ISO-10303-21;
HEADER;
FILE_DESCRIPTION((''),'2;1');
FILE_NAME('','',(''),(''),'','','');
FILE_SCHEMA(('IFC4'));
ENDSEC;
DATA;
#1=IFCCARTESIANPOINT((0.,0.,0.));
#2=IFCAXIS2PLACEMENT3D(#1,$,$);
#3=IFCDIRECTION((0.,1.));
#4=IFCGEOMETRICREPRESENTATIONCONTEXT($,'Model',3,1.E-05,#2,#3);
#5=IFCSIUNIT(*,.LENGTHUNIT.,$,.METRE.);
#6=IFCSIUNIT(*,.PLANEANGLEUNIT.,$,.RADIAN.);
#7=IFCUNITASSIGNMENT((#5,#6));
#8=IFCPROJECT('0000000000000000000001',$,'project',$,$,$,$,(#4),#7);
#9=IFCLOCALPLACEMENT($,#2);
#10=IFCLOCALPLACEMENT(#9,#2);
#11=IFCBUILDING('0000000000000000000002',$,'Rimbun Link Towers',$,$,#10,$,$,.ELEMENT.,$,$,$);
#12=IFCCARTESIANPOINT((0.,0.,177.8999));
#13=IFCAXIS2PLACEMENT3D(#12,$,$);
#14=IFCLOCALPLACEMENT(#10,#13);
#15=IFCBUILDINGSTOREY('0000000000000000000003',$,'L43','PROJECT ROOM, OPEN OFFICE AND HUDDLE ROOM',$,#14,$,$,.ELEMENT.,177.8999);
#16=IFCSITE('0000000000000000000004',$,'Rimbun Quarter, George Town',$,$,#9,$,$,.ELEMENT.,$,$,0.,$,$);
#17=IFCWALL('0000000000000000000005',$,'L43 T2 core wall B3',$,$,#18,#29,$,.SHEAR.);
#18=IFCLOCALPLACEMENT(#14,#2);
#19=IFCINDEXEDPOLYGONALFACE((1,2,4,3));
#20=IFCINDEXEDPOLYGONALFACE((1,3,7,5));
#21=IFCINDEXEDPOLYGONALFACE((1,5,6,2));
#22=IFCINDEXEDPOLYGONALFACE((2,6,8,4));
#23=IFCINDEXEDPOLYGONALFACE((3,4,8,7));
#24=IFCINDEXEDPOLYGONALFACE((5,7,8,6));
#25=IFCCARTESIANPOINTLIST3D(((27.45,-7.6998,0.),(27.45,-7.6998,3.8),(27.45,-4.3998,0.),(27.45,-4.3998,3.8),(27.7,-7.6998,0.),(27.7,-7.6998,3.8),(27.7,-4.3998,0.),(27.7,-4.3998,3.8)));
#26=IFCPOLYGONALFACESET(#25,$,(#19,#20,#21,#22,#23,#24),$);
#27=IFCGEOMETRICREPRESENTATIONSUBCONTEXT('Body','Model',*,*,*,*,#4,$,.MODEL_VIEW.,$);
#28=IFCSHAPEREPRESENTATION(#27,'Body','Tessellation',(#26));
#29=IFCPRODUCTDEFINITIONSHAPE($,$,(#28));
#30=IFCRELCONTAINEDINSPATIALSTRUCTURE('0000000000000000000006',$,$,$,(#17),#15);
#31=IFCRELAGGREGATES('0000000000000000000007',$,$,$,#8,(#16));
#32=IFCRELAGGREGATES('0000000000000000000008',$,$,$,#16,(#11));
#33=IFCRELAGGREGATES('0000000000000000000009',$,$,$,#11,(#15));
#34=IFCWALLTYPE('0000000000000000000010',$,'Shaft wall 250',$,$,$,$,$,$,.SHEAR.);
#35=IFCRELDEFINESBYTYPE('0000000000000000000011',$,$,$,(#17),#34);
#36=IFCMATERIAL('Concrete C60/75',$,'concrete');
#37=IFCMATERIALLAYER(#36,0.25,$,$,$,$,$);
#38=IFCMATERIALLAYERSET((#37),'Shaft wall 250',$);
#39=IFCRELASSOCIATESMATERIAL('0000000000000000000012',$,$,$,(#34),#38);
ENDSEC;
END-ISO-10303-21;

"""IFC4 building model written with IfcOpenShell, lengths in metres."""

from ifc_helpers import new_model, si_unit, direction, frame, frame_2d, origin, place, context, subcontext, project, spatial, rectangle, extrude, material, layer, layer_set, type_object, element, save


model = new_model("IFC4")

# Units and contexts
model_context = context("Model", 3, precision=1e-05, world=origin(), true_north=direction((0.0, 1.0)))
body_context = subcontext(model_context, "Body", "Model", "MODEL_VIEW")
ifc_project = project(units=[si_unit("LENGTHUNIT", "METRE"), si_unit("PLANEANGLEUNIT", "RADIAN")], contexts=[model_context])

# Site, building, storey
site_placement = place(None, origin())
site = spatial("IfcSite", under=ifc_project, at=site_placement, Name="Rimbun Quarter, George Town", CompositionType="ELEMENT", RefElevation=0.0)
building_placement = place(site_placement, origin())
building = spatial("IfcBuilding", under=site, at=building_placement, Name="Rimbun Link Towers", CompositionType="ELEMENT")
storey_placement = place(building_placement, frame((0.0, 0.0, 177.8999)))
storey = spatial("IfcBuildingStorey", under=building, at=storey_placement, Name="L43", Description="PROJECT ROOM, OPEN OFFICE AND HUDDLE ROOM", CompositionType="ELEMENT", Elevation=177.8999)

# Shared definitions
ifc_material_1 = material(Name="Concrete C60/75", Category="concrete")
ifc_layer_1 = layer(ifc_material_1, 0.25)
ifc_layer_set_1 = layer_set([ifc_layer_1], Name="Shaft wall 250")
wall_type_1 = type_object("IfcWallType", Name="Shaft wall 250", PredefinedType="SHEAR", material=ifc_layer_set_1)

# Wall
wall_1_placement = place(storey_placement, frame((27.575, -4.3999, 0.0), z_axis=(0.0, 0.0, 1.0), x_axis=(0.0, -1.0, 0.0)))
element("IfcWall", 1, at=wall_1_placement, inside=storey, type_object=wall_type_1, Name="L43 T2 core wall B3", PredefinedType="SHEAR", context=body_context, shape_type="SweptSolid", body=[
    extrude(rectangle(XDim=3.3, YDim=0.25, at=frame_2d((1.6499, 0.0))), origin(), (0.0, 0.0, 1.0), 3.8),
])

save(model, "model.ifc")
